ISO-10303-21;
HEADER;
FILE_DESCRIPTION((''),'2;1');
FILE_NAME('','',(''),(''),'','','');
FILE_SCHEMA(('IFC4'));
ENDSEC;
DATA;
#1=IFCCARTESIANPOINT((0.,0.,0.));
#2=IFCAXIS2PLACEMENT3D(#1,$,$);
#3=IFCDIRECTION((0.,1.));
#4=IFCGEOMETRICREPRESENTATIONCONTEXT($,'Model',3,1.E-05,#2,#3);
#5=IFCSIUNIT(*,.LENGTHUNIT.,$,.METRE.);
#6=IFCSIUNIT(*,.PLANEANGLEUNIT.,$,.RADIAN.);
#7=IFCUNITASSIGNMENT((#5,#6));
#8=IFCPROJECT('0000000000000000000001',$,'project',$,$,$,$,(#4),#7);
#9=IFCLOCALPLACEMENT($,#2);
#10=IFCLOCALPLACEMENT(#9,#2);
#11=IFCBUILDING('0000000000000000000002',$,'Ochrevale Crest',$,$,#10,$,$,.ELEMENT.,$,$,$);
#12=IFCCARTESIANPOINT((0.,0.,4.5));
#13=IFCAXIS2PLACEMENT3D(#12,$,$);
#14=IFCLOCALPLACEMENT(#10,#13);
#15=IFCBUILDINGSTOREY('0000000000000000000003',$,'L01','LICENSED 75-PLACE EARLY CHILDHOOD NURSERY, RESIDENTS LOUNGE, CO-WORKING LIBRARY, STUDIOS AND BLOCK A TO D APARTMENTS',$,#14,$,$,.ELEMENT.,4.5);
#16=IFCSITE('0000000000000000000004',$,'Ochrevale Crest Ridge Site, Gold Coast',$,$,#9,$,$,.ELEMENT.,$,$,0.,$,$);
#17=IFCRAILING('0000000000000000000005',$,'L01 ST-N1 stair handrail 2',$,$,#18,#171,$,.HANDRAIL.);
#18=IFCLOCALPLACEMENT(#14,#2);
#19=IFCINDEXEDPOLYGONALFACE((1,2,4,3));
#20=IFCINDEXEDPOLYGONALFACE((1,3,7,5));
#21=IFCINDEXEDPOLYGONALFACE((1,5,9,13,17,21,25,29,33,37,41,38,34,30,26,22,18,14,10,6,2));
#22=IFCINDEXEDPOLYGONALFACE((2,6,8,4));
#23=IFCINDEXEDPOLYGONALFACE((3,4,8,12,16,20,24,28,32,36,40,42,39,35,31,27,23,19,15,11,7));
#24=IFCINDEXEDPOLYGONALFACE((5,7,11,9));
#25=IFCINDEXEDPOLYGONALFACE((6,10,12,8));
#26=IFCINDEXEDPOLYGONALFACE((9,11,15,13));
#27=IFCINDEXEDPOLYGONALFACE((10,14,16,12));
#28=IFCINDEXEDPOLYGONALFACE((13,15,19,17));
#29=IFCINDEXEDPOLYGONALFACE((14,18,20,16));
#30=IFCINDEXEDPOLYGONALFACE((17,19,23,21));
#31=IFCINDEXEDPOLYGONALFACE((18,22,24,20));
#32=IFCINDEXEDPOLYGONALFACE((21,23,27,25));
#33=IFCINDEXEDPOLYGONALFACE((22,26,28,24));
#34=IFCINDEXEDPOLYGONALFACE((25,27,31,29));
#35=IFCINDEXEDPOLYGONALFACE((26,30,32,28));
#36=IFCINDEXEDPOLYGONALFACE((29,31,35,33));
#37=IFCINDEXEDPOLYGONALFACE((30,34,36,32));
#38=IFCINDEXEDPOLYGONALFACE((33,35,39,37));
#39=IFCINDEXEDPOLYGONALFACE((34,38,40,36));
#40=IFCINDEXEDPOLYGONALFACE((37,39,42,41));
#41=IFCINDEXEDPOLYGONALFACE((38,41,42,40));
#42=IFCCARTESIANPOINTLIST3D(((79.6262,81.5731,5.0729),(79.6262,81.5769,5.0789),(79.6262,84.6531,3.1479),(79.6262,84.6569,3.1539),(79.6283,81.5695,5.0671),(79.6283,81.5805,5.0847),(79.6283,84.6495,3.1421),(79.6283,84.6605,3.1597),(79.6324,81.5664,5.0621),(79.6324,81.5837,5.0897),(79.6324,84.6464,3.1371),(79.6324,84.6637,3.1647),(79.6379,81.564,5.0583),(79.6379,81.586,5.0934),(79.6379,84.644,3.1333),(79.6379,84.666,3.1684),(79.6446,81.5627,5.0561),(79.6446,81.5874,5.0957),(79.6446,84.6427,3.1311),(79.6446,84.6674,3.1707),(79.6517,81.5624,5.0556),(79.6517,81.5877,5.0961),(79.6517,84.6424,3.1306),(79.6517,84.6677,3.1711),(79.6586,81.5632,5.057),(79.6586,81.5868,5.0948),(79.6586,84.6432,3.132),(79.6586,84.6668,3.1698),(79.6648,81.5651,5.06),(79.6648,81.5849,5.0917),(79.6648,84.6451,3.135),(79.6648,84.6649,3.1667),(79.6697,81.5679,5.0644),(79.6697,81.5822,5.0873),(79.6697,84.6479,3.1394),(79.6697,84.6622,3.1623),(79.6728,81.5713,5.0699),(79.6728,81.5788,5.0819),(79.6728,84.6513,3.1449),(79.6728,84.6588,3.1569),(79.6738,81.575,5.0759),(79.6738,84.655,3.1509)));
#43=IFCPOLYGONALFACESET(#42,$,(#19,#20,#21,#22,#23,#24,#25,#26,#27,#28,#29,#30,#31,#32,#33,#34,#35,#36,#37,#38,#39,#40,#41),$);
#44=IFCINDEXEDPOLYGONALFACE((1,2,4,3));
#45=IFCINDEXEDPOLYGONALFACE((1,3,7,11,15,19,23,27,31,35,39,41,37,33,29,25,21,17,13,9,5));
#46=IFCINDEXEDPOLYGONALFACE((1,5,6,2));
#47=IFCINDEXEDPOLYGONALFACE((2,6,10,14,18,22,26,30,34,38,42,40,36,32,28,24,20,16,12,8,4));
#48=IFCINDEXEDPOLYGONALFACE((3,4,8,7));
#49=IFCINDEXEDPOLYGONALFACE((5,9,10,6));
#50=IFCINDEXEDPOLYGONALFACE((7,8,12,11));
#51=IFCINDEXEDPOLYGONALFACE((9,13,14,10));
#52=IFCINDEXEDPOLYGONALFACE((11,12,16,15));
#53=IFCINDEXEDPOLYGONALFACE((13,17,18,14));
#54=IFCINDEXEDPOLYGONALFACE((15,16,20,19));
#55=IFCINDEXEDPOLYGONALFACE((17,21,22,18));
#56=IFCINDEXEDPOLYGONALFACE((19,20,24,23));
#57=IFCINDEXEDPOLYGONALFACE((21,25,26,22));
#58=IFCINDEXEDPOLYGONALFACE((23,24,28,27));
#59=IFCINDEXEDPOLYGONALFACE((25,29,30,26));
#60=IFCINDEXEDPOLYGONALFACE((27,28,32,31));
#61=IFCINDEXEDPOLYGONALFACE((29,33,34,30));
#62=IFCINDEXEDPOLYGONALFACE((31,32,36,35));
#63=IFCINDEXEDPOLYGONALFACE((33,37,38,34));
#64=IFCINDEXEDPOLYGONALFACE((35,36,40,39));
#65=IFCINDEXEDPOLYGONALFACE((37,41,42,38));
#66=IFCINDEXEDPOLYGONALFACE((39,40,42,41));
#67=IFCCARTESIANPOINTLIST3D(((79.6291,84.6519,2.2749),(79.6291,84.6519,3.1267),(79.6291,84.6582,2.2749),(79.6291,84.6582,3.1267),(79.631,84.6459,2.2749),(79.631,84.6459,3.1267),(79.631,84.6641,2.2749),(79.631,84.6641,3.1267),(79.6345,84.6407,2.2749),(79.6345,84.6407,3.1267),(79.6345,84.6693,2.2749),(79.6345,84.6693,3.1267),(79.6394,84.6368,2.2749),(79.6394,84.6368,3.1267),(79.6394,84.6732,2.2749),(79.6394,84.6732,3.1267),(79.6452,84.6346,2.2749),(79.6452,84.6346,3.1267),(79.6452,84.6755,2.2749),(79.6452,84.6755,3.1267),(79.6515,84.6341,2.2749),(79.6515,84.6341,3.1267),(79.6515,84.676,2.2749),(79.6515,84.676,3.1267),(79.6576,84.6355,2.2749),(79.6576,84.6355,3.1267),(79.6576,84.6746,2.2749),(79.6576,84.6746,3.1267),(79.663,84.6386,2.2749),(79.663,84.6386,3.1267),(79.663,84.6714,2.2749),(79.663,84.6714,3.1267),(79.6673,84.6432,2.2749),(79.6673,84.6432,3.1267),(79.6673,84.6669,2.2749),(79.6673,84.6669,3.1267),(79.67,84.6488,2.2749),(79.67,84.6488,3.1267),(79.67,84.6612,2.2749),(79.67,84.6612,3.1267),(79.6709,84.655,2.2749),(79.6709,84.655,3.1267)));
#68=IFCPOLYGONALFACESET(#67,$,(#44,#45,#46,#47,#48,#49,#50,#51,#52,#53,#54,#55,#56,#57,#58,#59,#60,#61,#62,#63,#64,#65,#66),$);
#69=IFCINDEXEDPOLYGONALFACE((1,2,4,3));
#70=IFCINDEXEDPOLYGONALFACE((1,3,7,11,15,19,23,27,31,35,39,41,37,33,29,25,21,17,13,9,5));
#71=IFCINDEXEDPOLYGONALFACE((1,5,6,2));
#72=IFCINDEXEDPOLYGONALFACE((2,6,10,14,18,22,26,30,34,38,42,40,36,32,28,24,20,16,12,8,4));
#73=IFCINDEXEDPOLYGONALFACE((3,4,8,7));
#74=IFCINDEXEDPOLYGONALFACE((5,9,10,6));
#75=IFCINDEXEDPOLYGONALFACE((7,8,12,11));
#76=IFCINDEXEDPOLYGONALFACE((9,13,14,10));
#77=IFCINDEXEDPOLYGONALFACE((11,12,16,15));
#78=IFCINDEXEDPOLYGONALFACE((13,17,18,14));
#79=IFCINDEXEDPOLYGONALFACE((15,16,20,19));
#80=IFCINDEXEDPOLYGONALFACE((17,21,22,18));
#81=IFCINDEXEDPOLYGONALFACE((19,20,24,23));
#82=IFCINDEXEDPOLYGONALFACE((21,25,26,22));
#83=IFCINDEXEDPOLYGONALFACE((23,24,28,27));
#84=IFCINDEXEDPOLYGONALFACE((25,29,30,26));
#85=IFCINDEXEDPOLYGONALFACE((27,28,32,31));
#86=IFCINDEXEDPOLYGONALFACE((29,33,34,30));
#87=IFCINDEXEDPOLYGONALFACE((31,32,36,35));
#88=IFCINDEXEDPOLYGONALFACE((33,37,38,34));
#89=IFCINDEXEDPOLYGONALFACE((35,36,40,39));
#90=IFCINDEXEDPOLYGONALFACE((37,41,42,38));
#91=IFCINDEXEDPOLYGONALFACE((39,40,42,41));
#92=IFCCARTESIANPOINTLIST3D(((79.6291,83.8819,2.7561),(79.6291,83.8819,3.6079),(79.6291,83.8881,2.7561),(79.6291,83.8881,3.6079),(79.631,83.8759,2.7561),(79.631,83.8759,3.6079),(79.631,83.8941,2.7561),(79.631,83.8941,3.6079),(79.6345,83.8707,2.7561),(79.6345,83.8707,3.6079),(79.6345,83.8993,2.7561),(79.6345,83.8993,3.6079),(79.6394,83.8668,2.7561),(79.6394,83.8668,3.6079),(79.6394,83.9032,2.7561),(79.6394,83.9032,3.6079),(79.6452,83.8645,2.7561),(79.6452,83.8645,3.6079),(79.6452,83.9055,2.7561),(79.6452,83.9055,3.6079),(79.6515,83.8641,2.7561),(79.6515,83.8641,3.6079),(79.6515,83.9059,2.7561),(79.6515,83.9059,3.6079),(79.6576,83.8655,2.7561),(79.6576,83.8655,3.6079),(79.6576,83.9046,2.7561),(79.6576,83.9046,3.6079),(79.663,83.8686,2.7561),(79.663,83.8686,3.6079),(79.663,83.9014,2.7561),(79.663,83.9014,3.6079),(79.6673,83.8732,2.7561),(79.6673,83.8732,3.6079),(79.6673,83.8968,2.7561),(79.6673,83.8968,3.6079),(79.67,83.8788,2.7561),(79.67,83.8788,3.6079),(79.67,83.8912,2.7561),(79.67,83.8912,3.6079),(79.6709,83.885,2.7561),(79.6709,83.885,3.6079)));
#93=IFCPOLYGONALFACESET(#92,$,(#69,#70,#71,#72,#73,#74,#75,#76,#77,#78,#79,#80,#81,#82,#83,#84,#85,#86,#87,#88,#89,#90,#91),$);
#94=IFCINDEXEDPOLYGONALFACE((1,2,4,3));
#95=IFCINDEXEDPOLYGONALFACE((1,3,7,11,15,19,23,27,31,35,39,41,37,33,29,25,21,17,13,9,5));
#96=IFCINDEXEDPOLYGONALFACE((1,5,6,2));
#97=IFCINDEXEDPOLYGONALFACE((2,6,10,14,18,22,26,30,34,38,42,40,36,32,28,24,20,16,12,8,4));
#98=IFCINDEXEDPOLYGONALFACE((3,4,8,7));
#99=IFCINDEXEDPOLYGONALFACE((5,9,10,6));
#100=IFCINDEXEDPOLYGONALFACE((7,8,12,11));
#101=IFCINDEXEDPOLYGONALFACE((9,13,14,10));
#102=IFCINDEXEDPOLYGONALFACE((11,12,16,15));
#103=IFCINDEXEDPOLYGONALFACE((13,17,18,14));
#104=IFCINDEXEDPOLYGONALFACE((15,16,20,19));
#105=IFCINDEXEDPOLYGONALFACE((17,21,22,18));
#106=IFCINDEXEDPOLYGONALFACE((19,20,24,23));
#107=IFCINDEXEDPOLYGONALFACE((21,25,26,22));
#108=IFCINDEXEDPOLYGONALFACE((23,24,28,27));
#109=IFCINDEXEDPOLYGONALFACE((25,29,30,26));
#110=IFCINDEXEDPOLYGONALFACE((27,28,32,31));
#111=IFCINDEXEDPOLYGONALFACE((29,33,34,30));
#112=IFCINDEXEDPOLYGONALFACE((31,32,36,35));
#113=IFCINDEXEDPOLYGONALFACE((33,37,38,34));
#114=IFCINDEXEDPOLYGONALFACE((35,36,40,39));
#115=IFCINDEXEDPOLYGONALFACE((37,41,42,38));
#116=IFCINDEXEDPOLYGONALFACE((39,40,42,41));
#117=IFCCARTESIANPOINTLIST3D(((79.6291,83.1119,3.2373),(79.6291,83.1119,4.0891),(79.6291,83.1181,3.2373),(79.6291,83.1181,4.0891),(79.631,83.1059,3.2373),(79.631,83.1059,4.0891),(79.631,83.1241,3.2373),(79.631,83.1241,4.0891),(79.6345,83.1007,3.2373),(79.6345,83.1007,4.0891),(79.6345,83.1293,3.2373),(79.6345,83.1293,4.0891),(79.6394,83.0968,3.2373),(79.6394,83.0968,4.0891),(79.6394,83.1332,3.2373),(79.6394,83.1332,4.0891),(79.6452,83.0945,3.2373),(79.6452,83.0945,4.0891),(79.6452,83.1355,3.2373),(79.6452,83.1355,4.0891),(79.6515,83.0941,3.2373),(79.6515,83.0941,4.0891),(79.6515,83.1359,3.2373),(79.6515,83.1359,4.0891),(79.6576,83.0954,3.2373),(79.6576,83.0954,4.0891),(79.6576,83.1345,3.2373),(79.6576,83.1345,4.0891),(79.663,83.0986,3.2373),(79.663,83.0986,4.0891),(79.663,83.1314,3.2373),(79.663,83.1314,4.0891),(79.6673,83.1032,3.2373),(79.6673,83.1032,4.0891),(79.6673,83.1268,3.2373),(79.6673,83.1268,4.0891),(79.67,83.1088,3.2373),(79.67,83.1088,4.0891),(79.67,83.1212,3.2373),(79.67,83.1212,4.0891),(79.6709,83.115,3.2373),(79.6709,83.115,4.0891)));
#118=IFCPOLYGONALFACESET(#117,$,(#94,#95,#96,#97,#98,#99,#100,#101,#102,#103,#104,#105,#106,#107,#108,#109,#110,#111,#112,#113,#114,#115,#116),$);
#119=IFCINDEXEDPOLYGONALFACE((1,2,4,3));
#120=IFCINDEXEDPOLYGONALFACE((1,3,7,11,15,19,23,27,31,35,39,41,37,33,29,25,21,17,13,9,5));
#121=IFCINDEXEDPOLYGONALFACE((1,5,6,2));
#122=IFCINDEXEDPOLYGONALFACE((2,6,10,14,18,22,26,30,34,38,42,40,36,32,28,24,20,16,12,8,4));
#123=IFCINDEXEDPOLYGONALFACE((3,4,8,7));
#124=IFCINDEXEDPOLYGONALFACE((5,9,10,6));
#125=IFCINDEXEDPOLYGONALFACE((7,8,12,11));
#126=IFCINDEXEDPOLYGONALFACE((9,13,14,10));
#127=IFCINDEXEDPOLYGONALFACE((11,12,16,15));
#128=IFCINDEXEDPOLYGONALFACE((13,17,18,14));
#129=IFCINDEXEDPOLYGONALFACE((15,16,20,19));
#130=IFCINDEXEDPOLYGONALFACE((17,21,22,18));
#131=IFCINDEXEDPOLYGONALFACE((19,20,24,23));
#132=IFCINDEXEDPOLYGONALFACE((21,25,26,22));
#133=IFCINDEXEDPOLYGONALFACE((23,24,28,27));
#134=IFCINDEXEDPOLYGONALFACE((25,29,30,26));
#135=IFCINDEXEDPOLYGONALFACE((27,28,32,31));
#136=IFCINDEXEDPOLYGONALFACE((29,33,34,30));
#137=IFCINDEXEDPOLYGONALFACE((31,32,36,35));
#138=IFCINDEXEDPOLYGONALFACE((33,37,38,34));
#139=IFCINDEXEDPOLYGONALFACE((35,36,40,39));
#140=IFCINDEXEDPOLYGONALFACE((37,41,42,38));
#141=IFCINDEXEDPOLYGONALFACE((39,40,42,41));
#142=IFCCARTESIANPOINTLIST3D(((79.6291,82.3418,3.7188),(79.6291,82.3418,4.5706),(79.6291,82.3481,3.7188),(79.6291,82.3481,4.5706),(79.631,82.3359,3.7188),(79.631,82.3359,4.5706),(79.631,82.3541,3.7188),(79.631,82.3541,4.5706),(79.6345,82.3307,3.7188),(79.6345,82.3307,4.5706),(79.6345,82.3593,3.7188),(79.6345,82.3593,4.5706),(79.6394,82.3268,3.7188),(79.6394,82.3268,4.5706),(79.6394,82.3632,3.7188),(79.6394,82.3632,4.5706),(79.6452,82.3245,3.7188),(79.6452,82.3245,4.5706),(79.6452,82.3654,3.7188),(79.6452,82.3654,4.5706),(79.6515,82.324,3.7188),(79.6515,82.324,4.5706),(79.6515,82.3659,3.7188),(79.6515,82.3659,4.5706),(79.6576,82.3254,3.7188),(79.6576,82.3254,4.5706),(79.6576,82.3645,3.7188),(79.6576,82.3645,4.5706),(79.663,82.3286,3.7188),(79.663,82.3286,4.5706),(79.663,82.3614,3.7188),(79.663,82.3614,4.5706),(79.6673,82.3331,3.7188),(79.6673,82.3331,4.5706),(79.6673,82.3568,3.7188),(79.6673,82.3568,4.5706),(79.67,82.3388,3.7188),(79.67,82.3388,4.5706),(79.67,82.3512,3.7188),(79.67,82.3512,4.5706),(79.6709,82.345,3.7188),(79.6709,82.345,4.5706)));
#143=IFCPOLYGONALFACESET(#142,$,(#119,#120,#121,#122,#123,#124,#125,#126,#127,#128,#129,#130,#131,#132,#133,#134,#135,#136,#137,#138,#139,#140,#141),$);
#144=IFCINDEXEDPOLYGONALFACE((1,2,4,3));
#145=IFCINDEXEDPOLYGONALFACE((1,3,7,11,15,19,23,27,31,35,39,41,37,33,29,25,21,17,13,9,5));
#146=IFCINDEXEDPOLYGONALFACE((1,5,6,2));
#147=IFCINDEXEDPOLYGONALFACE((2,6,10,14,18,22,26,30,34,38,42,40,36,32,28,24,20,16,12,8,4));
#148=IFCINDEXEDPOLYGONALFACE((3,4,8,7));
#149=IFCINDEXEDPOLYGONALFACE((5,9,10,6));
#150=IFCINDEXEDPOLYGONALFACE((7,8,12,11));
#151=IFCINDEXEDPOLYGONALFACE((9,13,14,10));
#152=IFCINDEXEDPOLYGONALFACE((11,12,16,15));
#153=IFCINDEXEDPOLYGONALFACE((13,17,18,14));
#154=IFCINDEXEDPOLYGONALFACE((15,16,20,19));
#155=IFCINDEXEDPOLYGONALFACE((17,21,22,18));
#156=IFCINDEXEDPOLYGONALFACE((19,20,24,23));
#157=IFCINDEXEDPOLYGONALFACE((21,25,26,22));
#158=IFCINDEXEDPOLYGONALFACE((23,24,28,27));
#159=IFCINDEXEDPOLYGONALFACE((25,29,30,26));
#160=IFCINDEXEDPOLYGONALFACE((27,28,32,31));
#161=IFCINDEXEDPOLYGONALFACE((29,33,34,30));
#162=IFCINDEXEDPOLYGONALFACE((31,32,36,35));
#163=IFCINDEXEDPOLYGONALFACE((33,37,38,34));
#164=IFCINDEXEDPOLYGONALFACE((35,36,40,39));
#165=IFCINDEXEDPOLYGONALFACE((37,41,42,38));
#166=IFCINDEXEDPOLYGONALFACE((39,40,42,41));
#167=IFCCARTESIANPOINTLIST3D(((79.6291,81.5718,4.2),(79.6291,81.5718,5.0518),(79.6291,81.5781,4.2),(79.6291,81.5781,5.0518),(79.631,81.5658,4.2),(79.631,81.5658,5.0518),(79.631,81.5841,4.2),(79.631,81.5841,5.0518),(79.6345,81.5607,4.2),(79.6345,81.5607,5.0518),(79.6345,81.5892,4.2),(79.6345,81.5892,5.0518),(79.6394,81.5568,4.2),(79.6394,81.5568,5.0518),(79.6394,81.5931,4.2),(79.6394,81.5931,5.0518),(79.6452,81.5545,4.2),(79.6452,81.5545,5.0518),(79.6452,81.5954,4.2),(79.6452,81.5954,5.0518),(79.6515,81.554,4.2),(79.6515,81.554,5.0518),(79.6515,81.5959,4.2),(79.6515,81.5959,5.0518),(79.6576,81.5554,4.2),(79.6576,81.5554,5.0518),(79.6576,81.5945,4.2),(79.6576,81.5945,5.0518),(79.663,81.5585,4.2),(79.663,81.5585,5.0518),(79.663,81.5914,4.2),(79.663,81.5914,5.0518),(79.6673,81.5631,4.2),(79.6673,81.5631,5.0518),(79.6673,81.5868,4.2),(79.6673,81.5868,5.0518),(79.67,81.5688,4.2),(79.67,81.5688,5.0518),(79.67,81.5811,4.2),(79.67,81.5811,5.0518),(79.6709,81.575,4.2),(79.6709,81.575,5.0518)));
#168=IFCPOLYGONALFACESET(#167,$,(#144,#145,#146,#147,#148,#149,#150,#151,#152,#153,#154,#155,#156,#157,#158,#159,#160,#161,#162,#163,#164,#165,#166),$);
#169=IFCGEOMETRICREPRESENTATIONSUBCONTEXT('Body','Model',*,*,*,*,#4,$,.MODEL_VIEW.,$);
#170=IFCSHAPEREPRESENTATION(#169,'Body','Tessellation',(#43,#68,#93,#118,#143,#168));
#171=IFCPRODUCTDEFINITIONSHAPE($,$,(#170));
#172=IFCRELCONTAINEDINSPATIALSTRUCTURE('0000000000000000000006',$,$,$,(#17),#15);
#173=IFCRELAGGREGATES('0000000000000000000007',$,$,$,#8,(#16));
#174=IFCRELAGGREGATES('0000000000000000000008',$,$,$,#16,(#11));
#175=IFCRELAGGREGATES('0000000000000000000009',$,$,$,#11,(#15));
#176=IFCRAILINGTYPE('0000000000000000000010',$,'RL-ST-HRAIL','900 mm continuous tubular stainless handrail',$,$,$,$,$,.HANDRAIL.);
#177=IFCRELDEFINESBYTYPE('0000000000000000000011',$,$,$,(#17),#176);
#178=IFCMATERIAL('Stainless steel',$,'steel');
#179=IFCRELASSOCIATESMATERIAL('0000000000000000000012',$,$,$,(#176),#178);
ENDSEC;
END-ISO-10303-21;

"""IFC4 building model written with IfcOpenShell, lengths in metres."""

from ifc_helpers import new_model, si_unit, direction, frame, origin, origin_2d, place, context, subcontext, project, spatial, circle, extrude, material, type_object, element, save


model = new_model("IFC4")

# Units and contexts
model_context = context("Model", 3, precision=1e-05, world=origin(), true_north=direction((0.0, 1.0)))
body_context = subcontext(model_context, "Body", "Model", "MODEL_VIEW")
ifc_project = project(units=[si_unit("LENGTHUNIT", "METRE"), si_unit("PLANEANGLEUNIT", "RADIAN")], contexts=[model_context])

# Site, building, storey
site_placement = place(None, origin())
site = spatial("IfcSite", under=ifc_project, at=site_placement, Name="Ochrevale Crest Ridge Site, Gold Coast", CompositionType="ELEMENT", RefElevation=0.0)
building_placement = place(site_placement, origin())
building = spatial("IfcBuilding", under=site, at=building_placement, Name="Ochrevale Crest", CompositionType="ELEMENT")
storey_placement = place(building_placement, frame((0.0, 0.0, 4.5)))
storey = spatial("IfcBuildingStorey", under=building, at=storey_placement, Name="L01", Description="LICENSED 75-PLACE EARLY CHILDHOOD NURSERY, RESIDENTS LOUNGE, CO-WORKING LIBRARY, STUDIOS AND BLOCK A TO D APARTMENTS", CompositionType="ELEMENT", Elevation=4.5)

# Railing
ifc_material_1 = material(Name="Stainless steel", Category="steel")
railing_type = type_object("IfcRailingType", Name="RL-ST-HRAIL", Description="900 mm continuous tubular stainless handrail", PredefinedType="HANDRAIL", material=ifc_material_1)
railing_placement = place(storey_placement, frame((79.6499, 84.655, 2.2749)))
element("IfcRailing", 1, at=railing_placement, inside=storey, type_object=railing_type, Name="L01 ST-N1 stair handrail 2", PredefinedType="HANDRAIL", context=body_context, shape_type="SweptSolid", body=[
    extrude(circle(Radius=0.0239, at=origin_2d()), frame((0.0, 0.0, 0.876), z_axis=(0.0, -0.847998, 0.529999), x_axis=(1.0, 0.0, 0.0)), (0.0, 0.0, 1.0), 3.6321),
    extrude(circle(Radius=0.021, at=origin_2d()), origin(), (0.0, 0.0, 1.0), 0.8518),
    extrude(circle(Radius=0.021, at=origin_2d()), frame((0.0, -0.77, 0.4812)), (0.0, 0.0, 1.0), 0.8518),
    extrude(circle(Radius=0.021, at=origin_2d()), frame((0.0, -1.54, 0.9624)), (0.0, 0.0, 1.0), 0.8518),
    extrude(circle(Radius=0.021, at=origin_2d()), frame((0.0, -2.3101, 1.4438)), (0.0, 0.0, 1.0), 0.8518),
    extrude(circle(Radius=0.021, at=origin_2d()), frame((0.0, -3.0801, 1.925)), (0.0, 0.0, 1.0), 0.8518),
])

save(model, "model.ifc")
